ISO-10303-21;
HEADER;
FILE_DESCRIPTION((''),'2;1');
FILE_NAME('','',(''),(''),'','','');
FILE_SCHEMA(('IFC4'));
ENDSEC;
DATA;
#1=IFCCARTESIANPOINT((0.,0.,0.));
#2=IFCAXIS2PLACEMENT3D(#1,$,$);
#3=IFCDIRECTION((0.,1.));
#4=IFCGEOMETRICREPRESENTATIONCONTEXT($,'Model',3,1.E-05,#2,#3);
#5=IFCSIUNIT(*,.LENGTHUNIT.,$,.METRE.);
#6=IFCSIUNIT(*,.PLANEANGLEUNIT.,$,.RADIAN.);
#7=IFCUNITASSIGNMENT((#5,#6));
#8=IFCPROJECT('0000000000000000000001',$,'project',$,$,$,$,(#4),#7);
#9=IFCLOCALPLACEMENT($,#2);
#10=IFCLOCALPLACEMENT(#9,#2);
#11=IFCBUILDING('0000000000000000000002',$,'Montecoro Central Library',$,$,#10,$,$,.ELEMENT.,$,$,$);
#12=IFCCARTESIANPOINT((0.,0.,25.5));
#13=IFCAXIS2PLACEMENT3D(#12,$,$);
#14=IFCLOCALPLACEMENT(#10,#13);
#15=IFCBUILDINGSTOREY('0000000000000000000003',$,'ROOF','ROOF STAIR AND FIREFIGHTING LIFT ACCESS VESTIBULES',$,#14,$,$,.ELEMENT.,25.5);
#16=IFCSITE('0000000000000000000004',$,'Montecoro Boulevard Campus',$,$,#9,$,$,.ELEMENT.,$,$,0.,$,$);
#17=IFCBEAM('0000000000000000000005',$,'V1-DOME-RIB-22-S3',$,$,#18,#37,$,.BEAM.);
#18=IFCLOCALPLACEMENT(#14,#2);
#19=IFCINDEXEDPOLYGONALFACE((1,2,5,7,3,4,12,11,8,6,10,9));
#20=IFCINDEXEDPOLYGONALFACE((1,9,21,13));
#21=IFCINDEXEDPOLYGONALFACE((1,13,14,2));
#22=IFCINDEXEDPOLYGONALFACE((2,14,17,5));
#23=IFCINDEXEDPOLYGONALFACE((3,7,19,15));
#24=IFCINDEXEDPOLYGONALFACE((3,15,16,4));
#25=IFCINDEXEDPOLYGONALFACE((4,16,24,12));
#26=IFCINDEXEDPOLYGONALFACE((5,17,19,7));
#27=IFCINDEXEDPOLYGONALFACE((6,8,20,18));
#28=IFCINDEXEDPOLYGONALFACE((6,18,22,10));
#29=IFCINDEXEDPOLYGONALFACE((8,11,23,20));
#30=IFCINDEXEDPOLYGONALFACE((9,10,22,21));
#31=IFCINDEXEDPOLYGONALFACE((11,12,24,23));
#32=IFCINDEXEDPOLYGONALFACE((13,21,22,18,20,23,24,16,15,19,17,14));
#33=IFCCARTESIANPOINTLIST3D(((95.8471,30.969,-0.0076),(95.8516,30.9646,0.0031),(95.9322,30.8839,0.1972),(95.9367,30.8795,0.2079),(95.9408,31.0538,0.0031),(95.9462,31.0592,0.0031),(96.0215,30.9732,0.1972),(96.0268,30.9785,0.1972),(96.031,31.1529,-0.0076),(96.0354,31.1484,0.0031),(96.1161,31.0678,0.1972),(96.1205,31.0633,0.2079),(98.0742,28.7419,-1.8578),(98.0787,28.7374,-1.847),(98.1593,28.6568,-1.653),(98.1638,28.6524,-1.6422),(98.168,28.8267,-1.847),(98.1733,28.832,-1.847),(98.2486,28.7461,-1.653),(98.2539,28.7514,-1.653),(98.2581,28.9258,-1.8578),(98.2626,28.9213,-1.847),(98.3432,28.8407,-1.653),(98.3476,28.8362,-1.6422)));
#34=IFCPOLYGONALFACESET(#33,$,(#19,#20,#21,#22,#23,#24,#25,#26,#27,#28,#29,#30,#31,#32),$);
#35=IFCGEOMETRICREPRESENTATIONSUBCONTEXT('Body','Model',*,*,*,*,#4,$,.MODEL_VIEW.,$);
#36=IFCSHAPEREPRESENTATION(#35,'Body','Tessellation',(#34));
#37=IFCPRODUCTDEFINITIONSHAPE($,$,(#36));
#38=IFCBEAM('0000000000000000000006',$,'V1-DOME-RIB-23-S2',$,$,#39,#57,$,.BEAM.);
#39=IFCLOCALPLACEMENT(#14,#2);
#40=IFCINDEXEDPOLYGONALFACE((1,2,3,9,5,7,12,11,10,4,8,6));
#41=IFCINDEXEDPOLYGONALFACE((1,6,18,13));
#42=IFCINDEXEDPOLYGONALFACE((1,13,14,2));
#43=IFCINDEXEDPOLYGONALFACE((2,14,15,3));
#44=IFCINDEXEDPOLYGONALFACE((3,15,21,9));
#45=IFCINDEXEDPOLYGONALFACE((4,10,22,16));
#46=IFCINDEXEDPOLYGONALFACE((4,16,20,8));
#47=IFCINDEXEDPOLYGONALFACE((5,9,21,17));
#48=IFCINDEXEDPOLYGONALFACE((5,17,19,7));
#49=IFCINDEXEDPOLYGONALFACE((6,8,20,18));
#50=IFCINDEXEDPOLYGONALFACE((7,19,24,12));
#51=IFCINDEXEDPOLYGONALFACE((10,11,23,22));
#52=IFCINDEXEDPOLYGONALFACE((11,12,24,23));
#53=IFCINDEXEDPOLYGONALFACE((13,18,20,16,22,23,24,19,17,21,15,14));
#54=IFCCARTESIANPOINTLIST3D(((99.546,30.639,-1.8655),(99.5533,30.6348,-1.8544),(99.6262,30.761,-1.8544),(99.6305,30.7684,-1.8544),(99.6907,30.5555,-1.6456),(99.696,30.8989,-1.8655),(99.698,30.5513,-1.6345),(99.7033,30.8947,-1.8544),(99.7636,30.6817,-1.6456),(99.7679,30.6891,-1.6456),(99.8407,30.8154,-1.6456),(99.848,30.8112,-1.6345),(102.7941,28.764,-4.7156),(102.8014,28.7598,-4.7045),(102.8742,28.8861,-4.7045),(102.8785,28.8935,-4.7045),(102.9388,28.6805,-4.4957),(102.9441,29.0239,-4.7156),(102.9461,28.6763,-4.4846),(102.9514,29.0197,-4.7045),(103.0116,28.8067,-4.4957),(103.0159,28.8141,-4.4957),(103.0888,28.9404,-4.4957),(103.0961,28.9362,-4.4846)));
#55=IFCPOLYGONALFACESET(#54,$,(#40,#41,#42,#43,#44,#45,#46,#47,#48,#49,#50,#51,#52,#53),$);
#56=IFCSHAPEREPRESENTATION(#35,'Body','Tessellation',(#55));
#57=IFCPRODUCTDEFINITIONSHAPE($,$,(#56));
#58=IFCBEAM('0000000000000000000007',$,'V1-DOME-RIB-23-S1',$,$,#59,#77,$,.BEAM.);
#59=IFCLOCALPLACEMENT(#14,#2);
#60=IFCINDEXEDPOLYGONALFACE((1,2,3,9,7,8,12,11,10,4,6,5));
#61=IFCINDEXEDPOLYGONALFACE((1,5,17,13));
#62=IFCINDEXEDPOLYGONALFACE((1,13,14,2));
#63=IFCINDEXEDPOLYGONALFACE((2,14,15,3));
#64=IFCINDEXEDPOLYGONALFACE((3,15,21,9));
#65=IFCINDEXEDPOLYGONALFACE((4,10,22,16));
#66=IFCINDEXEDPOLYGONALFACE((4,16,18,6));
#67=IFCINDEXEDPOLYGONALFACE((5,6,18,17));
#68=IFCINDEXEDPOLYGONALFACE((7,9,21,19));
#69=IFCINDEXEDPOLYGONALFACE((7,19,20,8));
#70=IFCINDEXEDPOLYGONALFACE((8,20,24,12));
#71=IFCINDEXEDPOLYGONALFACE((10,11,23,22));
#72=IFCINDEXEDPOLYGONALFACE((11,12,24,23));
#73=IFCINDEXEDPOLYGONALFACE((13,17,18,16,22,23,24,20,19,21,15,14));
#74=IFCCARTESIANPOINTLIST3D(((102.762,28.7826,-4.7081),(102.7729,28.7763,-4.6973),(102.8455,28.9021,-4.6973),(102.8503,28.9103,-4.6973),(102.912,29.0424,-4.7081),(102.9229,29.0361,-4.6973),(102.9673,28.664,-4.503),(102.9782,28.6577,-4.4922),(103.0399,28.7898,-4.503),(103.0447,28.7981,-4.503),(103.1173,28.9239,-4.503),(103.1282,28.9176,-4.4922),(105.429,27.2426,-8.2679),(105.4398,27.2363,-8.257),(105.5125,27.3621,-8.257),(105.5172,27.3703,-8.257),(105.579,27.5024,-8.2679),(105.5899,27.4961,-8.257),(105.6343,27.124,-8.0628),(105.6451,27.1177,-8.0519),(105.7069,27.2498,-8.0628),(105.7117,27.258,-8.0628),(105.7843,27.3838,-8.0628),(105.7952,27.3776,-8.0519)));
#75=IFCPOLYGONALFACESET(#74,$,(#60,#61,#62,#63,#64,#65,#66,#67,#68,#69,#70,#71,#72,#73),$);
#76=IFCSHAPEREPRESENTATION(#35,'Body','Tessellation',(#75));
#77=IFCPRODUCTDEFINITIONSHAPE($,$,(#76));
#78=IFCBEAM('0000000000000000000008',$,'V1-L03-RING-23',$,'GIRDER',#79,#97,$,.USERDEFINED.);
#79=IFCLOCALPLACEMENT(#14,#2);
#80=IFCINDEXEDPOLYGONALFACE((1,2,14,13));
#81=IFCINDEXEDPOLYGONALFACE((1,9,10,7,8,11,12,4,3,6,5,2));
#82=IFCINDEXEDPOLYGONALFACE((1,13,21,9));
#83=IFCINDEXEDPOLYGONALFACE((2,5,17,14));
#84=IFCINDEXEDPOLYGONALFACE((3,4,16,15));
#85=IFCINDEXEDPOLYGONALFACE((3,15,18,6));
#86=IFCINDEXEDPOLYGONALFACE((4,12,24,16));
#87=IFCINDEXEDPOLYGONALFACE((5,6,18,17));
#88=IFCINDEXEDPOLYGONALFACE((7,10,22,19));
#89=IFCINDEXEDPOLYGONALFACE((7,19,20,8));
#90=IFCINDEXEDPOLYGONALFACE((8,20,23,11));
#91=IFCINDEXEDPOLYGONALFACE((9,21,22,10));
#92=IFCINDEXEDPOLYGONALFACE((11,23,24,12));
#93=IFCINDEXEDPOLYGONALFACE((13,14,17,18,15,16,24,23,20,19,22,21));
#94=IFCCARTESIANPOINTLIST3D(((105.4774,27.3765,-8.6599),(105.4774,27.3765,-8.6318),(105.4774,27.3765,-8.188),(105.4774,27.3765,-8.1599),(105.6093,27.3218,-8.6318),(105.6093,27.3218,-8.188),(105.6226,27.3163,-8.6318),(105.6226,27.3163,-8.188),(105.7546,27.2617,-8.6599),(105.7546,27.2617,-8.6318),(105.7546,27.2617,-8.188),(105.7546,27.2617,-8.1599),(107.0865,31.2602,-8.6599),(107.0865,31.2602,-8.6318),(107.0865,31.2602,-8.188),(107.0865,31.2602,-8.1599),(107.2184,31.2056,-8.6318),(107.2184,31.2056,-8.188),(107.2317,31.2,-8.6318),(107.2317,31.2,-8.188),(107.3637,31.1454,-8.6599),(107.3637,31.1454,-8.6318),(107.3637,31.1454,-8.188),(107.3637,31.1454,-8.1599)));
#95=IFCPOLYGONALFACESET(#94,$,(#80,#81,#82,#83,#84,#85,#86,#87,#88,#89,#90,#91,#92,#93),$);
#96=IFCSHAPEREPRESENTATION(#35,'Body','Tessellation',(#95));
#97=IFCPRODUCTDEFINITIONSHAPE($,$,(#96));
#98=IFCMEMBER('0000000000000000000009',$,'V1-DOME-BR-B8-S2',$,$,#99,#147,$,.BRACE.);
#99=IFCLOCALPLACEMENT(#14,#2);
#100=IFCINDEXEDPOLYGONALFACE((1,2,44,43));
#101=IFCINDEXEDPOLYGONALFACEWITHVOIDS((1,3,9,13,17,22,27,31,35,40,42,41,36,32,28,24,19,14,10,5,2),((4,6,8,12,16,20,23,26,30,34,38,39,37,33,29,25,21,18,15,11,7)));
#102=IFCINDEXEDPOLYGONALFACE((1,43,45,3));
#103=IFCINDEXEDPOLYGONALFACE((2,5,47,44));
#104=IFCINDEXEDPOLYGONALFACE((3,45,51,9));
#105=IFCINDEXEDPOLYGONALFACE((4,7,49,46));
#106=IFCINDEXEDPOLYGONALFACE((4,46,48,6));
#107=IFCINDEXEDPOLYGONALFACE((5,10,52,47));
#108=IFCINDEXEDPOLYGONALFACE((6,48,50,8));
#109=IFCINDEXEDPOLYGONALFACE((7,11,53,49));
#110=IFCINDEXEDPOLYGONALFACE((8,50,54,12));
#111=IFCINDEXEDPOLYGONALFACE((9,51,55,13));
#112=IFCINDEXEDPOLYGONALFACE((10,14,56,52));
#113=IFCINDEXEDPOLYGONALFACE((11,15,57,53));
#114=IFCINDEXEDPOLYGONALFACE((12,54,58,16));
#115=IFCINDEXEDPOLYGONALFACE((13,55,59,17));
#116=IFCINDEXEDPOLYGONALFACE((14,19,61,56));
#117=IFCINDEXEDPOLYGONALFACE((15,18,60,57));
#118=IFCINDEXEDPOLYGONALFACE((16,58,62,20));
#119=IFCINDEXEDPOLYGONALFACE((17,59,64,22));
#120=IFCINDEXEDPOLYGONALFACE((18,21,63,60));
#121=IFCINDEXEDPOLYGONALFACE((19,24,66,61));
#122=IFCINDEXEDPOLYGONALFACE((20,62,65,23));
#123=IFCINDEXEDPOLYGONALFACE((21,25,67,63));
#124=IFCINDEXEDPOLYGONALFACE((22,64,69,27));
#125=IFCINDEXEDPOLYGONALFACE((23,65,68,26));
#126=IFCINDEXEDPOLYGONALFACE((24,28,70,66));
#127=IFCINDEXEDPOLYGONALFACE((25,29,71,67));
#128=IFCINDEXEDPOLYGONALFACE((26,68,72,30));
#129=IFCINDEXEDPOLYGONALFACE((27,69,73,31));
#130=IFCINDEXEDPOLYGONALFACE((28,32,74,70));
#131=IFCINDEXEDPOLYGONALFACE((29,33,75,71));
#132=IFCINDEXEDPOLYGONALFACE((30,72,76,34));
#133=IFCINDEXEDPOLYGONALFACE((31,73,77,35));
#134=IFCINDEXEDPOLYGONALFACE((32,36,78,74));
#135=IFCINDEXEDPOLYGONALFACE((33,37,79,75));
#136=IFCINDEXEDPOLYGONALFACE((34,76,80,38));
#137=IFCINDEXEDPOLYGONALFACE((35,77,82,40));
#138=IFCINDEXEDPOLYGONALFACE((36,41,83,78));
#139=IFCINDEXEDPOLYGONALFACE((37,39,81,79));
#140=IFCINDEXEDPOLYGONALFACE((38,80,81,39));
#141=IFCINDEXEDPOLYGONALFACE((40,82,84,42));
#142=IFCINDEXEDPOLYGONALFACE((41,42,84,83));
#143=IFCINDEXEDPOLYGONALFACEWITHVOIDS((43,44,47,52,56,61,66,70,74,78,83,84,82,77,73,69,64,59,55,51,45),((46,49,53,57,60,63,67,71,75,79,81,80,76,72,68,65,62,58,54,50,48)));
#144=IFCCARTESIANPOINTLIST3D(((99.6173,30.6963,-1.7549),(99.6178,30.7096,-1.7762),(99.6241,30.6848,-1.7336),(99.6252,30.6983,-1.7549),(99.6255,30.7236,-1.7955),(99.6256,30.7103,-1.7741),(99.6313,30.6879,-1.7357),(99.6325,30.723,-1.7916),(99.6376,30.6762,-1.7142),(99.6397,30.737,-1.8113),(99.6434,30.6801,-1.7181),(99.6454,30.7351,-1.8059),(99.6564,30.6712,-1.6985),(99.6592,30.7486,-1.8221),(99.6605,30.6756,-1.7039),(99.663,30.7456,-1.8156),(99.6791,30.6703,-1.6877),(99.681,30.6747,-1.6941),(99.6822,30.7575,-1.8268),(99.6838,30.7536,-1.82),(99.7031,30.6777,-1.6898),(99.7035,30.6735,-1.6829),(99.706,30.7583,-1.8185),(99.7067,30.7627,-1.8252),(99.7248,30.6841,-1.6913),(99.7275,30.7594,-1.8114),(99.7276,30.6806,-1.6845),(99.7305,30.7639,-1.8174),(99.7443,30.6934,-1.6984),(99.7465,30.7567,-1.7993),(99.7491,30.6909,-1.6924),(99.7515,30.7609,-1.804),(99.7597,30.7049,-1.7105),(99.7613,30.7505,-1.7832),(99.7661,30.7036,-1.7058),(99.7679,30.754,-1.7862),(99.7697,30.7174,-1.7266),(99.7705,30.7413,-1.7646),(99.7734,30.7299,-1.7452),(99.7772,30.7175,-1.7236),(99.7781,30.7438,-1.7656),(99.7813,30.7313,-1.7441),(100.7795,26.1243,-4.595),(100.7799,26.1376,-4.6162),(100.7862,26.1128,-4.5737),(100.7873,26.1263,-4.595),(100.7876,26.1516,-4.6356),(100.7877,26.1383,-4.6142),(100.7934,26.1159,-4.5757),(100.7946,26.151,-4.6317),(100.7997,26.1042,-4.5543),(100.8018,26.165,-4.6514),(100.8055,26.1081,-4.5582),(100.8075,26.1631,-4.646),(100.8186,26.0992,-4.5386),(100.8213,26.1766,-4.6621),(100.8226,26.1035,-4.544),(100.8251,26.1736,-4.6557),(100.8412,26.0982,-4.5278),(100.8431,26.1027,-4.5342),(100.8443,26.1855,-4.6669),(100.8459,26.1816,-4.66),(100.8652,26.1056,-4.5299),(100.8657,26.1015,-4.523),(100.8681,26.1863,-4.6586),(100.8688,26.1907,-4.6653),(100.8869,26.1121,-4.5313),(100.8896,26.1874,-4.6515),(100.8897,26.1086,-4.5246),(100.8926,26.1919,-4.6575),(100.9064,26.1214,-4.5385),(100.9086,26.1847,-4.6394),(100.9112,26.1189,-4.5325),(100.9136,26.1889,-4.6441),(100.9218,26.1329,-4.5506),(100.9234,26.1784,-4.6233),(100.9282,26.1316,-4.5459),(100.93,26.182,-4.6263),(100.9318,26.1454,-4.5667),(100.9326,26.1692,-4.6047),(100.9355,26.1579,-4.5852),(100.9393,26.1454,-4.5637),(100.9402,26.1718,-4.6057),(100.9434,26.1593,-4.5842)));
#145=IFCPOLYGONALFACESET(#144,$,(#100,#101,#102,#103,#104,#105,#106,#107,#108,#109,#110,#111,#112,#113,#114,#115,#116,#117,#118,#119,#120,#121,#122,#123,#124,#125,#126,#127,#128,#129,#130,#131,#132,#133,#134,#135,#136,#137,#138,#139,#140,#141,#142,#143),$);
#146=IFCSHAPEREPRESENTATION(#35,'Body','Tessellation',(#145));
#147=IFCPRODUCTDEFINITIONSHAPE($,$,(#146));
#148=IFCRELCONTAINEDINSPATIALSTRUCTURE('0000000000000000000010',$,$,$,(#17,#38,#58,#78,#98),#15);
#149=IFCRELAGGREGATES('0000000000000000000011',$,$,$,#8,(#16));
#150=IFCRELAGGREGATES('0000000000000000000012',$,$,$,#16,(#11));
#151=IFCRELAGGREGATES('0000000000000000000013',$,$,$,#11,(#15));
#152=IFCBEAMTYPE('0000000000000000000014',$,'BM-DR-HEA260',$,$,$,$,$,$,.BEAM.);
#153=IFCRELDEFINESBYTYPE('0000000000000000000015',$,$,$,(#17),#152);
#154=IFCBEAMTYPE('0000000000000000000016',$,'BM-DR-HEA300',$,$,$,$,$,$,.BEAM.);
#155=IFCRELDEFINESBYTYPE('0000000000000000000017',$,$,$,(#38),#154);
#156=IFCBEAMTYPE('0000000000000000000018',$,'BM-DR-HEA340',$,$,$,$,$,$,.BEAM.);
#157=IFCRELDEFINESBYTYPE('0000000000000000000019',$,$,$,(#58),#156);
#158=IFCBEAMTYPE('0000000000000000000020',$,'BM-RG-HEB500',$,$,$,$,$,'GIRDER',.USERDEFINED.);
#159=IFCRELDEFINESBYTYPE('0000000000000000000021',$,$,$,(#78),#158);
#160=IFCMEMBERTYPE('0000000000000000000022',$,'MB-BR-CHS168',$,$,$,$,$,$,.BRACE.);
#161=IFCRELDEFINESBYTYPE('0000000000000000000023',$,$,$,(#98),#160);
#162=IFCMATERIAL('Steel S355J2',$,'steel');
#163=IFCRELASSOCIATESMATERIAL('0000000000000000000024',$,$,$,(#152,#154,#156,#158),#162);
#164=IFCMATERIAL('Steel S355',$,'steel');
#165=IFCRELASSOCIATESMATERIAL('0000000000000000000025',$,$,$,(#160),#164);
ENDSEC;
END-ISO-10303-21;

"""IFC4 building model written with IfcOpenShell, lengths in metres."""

from ifc_helpers import new_model, si_unit, direction, frame, origin, origin_2d, place, context, subcontext, project, spatial, hollow_circle, i_section, extrude, material, material_profile, profile_set, type_object, element, save


model = new_model("IFC4")

# Units and contexts
model_context = context("Model", 3, precision=1e-05, world=origin(), true_north=direction((0.0, 1.0)))
body_context = subcontext(model_context, "Body", "Model", "MODEL_VIEW")
ifc_project = project(units=[si_unit("LENGTHUNIT", "METRE"), si_unit("PLANEANGLEUNIT", "RADIAN")], contexts=[model_context])

# Site, building, storey
site_placement = place(None, origin())
site = spatial("IfcSite", under=ifc_project, at=site_placement, Name="Montecoro Boulevard Campus", CompositionType="ELEMENT", RefElevation=0.0)
building_placement = place(site_placement, origin())
building = spatial("IfcBuilding", under=site, at=building_placement, Name="Montecoro Central Library", CompositionType="ELEMENT")
storey_placement = place(building_placement, frame((0.0, 0.0, 25.5)))
storey = spatial("IfcBuildingStorey", under=building, at=storey_placement, Name="ROOF", Description="ROOF STAIR AND FIREFIGHTING LIFT ACCESS VESTIBULES", CompositionType="ELEMENT", Elevation=25.5)

# Beams
ifc_material_1 = material(Name="Steel S355J2", Category="steel")
ifc_material_profile_1 = material_profile(ifc_material_1, i_section(OverallWidth=0.26, OverallDepth=0.25, WebThickness=0.0076, FlangeThickness=0.0125, at=origin_2d()), Name="HEA 260")
ifc_profile_set_1 = profile_set([ifc_material_profile_1], Name="Steel S355J2")
beam_type_1 = type_object("IfcBeamType", Name="BM-DR-HEA260", PredefinedType="BEAM", material=ifc_profile_set_1)
beam_1_placement = place(storey_placement, frame((98.2109, 28.7891, -1.75), z_axis=(-0.609696, 0.609696, 0.506498), x_axis=(-0.707107, -0.707107, 0.0)))
element("IfcBeam", 1, at=beam_1_placement, inside=storey, type_object=beam_type_1, Name="V1-DOME-RIB-22-S3", PredefinedType="BEAM", context=body_context, shape_type="SweptSolid", body=[
    extrude(i_section(OverallWidth=0.26, OverallDepth=0.25, WebThickness=0.0076, FlangeThickness=0.0125, at=origin_2d()), origin(), (0.0, 0.0, 1.0), 3.6528),
])
ifc_material_profile_2 = material_profile(ifc_material_1, i_section(OverallWidth=0.3, OverallDepth=0.29, WebThickness=0.0085, FlangeThickness=0.0139, at=origin_2d()), Name="HEA 300")
ifc_profile_set_2 = profile_set([ifc_material_profile_2], Name="Steel S355J2")
beam_type_2 = type_object("IfcBeamType", Name="BM-DR-HEA300", PredefinedType="BEAM", material=ifc_profile_set_2)
beam_2_placement = place(storey_placement, frame((102.9451, 28.8501, -4.6001), z_axis=(-0.689538, 0.39805, 0.605056), x_axis=(-0.499948, -0.866056, 0.0)))
element("IfcBeam", 2, at=beam_2_placement, inside=storey, type_object=beam_type_2, Name="V1-DOME-RIB-23-S2", PredefinedType="BEAM", context=body_context, shape_type="SweptSolid", body=[
    extrude(i_section(OverallWidth=0.3, OverallDepth=0.29, WebThickness=0.0085, FlangeThickness=0.0139, at=origin_2d()), origin(), (0.0, 0.0, 1.0), 4.7104),
])
ifc_material_profile_3 = material_profile(ifc_material_1, i_section(OverallWidth=0.3, OverallDepth=0.3301, WebThickness=0.0095, FlangeThickness=0.0166, at=origin_2d()), Name="HEA 340")
ifc_profile_set_3 = profile_set([ifc_material_profile_3], Name="Steel S355J2")
beam_type_3 = type_object("IfcBeamType", Name="BM-DR-HEA340", PredefinedType="BEAM", material=ifc_profile_set_3)
beam_3_placement = place(storey_placement, frame((105.6121, 27.3101, -8.1599), z_axis=(-0.566589, 0.327173, 0.756264), x_axis=(-0.500061, -0.86599, 0.0)))
element("IfcBeam", 3, at=beam_3_placement, inside=storey, type_object=beam_type_3, Name="V1-DOME-RIB-23-S1", PredefinedType="BEAM", context=body_context, shape_type="SweptSolid", body=[
    extrude(i_section(OverallWidth=0.3, OverallDepth=0.3301, WebThickness=0.0095, FlangeThickness=0.0166, at=origin_2d()), origin(), (0.0, 0.0, 1.0), 4.707),
])
ifc_material_profile_4 = material_profile(ifc_material_1, i_section(OverallWidth=0.3, OverallDepth=0.5, WebThickness=0.0144, FlangeThickness=0.0281, at=origin_2d()), Name="HEB 500")
ifc_profile_set_4 = profile_set([ifc_material_profile_4], Name="Steel S355J2")
beam_type_4 = type_object("IfcBeamType", Name="BM-RG-HEB500", ElementType="GIRDER", PredefinedType="USERDEFINED", material=ifc_profile_set_4)
beam_4_placement = place(storey_placement, frame((105.616, 27.3191, -8.4099), z_axis=(0.382767, 0.923845, 0.0), x_axis=(-0.923845, 0.382767, 0.0)))
element("IfcBeam", 4, at=beam_4_placement, inside=storey, type_object=beam_type_4, Name="V1-L03-RING-23", ObjectType="GIRDER", PredefinedType="USERDEFINED", context=body_context, shape_type="SweptSolid", body=[
    extrude(i_section(OverallWidth=0.3, OverallDepth=0.5, WebThickness=0.0144, FlangeThickness=0.0281, at=origin_2d()), origin(), (0.0, 0.0, 1.0), 4.2039),
])

# Member
ifc_material_2 = material(Name="Steel S355", Category="steel")
ifc_material_profile_5 = material_profile(ifc_material_2, hollow_circle(Radius=0.0842, WallThickness=0.0081, at=origin_2d()), Name="CHS 168.3x8.0")
ifc_profile_set_5 = profile_set([ifc_material_profile_5], Name="Steel S355")
member_type_1 = type_object("IfcMemberType", Name="MB-BR-CHS168", PredefinedType="BRACE", material=ifc_profile_set_5)
member_1_placement = place(storey_placement, frame((100.8611, 26.145, -4.595), z_axis=(-0.211049, 0.830317, 0.515783), x_axis=(-0.969182, -0.246345, 0.0)))
element("IfcMember", 5, at=member_1_placement, inside=storey, type_object=member_type_1, Name="V1-DOME-BR-B8-S2", PredefinedType="BRACE", context=body_context, shape_type="SweptSolid", body=[
    extrude(hollow_circle(Radius=0.0842, WallThickness=0.0081, at=origin_2d()), origin(), (0.0, 0.0, 1.0), 5.5063),
])

save(model, "model.ifc")
